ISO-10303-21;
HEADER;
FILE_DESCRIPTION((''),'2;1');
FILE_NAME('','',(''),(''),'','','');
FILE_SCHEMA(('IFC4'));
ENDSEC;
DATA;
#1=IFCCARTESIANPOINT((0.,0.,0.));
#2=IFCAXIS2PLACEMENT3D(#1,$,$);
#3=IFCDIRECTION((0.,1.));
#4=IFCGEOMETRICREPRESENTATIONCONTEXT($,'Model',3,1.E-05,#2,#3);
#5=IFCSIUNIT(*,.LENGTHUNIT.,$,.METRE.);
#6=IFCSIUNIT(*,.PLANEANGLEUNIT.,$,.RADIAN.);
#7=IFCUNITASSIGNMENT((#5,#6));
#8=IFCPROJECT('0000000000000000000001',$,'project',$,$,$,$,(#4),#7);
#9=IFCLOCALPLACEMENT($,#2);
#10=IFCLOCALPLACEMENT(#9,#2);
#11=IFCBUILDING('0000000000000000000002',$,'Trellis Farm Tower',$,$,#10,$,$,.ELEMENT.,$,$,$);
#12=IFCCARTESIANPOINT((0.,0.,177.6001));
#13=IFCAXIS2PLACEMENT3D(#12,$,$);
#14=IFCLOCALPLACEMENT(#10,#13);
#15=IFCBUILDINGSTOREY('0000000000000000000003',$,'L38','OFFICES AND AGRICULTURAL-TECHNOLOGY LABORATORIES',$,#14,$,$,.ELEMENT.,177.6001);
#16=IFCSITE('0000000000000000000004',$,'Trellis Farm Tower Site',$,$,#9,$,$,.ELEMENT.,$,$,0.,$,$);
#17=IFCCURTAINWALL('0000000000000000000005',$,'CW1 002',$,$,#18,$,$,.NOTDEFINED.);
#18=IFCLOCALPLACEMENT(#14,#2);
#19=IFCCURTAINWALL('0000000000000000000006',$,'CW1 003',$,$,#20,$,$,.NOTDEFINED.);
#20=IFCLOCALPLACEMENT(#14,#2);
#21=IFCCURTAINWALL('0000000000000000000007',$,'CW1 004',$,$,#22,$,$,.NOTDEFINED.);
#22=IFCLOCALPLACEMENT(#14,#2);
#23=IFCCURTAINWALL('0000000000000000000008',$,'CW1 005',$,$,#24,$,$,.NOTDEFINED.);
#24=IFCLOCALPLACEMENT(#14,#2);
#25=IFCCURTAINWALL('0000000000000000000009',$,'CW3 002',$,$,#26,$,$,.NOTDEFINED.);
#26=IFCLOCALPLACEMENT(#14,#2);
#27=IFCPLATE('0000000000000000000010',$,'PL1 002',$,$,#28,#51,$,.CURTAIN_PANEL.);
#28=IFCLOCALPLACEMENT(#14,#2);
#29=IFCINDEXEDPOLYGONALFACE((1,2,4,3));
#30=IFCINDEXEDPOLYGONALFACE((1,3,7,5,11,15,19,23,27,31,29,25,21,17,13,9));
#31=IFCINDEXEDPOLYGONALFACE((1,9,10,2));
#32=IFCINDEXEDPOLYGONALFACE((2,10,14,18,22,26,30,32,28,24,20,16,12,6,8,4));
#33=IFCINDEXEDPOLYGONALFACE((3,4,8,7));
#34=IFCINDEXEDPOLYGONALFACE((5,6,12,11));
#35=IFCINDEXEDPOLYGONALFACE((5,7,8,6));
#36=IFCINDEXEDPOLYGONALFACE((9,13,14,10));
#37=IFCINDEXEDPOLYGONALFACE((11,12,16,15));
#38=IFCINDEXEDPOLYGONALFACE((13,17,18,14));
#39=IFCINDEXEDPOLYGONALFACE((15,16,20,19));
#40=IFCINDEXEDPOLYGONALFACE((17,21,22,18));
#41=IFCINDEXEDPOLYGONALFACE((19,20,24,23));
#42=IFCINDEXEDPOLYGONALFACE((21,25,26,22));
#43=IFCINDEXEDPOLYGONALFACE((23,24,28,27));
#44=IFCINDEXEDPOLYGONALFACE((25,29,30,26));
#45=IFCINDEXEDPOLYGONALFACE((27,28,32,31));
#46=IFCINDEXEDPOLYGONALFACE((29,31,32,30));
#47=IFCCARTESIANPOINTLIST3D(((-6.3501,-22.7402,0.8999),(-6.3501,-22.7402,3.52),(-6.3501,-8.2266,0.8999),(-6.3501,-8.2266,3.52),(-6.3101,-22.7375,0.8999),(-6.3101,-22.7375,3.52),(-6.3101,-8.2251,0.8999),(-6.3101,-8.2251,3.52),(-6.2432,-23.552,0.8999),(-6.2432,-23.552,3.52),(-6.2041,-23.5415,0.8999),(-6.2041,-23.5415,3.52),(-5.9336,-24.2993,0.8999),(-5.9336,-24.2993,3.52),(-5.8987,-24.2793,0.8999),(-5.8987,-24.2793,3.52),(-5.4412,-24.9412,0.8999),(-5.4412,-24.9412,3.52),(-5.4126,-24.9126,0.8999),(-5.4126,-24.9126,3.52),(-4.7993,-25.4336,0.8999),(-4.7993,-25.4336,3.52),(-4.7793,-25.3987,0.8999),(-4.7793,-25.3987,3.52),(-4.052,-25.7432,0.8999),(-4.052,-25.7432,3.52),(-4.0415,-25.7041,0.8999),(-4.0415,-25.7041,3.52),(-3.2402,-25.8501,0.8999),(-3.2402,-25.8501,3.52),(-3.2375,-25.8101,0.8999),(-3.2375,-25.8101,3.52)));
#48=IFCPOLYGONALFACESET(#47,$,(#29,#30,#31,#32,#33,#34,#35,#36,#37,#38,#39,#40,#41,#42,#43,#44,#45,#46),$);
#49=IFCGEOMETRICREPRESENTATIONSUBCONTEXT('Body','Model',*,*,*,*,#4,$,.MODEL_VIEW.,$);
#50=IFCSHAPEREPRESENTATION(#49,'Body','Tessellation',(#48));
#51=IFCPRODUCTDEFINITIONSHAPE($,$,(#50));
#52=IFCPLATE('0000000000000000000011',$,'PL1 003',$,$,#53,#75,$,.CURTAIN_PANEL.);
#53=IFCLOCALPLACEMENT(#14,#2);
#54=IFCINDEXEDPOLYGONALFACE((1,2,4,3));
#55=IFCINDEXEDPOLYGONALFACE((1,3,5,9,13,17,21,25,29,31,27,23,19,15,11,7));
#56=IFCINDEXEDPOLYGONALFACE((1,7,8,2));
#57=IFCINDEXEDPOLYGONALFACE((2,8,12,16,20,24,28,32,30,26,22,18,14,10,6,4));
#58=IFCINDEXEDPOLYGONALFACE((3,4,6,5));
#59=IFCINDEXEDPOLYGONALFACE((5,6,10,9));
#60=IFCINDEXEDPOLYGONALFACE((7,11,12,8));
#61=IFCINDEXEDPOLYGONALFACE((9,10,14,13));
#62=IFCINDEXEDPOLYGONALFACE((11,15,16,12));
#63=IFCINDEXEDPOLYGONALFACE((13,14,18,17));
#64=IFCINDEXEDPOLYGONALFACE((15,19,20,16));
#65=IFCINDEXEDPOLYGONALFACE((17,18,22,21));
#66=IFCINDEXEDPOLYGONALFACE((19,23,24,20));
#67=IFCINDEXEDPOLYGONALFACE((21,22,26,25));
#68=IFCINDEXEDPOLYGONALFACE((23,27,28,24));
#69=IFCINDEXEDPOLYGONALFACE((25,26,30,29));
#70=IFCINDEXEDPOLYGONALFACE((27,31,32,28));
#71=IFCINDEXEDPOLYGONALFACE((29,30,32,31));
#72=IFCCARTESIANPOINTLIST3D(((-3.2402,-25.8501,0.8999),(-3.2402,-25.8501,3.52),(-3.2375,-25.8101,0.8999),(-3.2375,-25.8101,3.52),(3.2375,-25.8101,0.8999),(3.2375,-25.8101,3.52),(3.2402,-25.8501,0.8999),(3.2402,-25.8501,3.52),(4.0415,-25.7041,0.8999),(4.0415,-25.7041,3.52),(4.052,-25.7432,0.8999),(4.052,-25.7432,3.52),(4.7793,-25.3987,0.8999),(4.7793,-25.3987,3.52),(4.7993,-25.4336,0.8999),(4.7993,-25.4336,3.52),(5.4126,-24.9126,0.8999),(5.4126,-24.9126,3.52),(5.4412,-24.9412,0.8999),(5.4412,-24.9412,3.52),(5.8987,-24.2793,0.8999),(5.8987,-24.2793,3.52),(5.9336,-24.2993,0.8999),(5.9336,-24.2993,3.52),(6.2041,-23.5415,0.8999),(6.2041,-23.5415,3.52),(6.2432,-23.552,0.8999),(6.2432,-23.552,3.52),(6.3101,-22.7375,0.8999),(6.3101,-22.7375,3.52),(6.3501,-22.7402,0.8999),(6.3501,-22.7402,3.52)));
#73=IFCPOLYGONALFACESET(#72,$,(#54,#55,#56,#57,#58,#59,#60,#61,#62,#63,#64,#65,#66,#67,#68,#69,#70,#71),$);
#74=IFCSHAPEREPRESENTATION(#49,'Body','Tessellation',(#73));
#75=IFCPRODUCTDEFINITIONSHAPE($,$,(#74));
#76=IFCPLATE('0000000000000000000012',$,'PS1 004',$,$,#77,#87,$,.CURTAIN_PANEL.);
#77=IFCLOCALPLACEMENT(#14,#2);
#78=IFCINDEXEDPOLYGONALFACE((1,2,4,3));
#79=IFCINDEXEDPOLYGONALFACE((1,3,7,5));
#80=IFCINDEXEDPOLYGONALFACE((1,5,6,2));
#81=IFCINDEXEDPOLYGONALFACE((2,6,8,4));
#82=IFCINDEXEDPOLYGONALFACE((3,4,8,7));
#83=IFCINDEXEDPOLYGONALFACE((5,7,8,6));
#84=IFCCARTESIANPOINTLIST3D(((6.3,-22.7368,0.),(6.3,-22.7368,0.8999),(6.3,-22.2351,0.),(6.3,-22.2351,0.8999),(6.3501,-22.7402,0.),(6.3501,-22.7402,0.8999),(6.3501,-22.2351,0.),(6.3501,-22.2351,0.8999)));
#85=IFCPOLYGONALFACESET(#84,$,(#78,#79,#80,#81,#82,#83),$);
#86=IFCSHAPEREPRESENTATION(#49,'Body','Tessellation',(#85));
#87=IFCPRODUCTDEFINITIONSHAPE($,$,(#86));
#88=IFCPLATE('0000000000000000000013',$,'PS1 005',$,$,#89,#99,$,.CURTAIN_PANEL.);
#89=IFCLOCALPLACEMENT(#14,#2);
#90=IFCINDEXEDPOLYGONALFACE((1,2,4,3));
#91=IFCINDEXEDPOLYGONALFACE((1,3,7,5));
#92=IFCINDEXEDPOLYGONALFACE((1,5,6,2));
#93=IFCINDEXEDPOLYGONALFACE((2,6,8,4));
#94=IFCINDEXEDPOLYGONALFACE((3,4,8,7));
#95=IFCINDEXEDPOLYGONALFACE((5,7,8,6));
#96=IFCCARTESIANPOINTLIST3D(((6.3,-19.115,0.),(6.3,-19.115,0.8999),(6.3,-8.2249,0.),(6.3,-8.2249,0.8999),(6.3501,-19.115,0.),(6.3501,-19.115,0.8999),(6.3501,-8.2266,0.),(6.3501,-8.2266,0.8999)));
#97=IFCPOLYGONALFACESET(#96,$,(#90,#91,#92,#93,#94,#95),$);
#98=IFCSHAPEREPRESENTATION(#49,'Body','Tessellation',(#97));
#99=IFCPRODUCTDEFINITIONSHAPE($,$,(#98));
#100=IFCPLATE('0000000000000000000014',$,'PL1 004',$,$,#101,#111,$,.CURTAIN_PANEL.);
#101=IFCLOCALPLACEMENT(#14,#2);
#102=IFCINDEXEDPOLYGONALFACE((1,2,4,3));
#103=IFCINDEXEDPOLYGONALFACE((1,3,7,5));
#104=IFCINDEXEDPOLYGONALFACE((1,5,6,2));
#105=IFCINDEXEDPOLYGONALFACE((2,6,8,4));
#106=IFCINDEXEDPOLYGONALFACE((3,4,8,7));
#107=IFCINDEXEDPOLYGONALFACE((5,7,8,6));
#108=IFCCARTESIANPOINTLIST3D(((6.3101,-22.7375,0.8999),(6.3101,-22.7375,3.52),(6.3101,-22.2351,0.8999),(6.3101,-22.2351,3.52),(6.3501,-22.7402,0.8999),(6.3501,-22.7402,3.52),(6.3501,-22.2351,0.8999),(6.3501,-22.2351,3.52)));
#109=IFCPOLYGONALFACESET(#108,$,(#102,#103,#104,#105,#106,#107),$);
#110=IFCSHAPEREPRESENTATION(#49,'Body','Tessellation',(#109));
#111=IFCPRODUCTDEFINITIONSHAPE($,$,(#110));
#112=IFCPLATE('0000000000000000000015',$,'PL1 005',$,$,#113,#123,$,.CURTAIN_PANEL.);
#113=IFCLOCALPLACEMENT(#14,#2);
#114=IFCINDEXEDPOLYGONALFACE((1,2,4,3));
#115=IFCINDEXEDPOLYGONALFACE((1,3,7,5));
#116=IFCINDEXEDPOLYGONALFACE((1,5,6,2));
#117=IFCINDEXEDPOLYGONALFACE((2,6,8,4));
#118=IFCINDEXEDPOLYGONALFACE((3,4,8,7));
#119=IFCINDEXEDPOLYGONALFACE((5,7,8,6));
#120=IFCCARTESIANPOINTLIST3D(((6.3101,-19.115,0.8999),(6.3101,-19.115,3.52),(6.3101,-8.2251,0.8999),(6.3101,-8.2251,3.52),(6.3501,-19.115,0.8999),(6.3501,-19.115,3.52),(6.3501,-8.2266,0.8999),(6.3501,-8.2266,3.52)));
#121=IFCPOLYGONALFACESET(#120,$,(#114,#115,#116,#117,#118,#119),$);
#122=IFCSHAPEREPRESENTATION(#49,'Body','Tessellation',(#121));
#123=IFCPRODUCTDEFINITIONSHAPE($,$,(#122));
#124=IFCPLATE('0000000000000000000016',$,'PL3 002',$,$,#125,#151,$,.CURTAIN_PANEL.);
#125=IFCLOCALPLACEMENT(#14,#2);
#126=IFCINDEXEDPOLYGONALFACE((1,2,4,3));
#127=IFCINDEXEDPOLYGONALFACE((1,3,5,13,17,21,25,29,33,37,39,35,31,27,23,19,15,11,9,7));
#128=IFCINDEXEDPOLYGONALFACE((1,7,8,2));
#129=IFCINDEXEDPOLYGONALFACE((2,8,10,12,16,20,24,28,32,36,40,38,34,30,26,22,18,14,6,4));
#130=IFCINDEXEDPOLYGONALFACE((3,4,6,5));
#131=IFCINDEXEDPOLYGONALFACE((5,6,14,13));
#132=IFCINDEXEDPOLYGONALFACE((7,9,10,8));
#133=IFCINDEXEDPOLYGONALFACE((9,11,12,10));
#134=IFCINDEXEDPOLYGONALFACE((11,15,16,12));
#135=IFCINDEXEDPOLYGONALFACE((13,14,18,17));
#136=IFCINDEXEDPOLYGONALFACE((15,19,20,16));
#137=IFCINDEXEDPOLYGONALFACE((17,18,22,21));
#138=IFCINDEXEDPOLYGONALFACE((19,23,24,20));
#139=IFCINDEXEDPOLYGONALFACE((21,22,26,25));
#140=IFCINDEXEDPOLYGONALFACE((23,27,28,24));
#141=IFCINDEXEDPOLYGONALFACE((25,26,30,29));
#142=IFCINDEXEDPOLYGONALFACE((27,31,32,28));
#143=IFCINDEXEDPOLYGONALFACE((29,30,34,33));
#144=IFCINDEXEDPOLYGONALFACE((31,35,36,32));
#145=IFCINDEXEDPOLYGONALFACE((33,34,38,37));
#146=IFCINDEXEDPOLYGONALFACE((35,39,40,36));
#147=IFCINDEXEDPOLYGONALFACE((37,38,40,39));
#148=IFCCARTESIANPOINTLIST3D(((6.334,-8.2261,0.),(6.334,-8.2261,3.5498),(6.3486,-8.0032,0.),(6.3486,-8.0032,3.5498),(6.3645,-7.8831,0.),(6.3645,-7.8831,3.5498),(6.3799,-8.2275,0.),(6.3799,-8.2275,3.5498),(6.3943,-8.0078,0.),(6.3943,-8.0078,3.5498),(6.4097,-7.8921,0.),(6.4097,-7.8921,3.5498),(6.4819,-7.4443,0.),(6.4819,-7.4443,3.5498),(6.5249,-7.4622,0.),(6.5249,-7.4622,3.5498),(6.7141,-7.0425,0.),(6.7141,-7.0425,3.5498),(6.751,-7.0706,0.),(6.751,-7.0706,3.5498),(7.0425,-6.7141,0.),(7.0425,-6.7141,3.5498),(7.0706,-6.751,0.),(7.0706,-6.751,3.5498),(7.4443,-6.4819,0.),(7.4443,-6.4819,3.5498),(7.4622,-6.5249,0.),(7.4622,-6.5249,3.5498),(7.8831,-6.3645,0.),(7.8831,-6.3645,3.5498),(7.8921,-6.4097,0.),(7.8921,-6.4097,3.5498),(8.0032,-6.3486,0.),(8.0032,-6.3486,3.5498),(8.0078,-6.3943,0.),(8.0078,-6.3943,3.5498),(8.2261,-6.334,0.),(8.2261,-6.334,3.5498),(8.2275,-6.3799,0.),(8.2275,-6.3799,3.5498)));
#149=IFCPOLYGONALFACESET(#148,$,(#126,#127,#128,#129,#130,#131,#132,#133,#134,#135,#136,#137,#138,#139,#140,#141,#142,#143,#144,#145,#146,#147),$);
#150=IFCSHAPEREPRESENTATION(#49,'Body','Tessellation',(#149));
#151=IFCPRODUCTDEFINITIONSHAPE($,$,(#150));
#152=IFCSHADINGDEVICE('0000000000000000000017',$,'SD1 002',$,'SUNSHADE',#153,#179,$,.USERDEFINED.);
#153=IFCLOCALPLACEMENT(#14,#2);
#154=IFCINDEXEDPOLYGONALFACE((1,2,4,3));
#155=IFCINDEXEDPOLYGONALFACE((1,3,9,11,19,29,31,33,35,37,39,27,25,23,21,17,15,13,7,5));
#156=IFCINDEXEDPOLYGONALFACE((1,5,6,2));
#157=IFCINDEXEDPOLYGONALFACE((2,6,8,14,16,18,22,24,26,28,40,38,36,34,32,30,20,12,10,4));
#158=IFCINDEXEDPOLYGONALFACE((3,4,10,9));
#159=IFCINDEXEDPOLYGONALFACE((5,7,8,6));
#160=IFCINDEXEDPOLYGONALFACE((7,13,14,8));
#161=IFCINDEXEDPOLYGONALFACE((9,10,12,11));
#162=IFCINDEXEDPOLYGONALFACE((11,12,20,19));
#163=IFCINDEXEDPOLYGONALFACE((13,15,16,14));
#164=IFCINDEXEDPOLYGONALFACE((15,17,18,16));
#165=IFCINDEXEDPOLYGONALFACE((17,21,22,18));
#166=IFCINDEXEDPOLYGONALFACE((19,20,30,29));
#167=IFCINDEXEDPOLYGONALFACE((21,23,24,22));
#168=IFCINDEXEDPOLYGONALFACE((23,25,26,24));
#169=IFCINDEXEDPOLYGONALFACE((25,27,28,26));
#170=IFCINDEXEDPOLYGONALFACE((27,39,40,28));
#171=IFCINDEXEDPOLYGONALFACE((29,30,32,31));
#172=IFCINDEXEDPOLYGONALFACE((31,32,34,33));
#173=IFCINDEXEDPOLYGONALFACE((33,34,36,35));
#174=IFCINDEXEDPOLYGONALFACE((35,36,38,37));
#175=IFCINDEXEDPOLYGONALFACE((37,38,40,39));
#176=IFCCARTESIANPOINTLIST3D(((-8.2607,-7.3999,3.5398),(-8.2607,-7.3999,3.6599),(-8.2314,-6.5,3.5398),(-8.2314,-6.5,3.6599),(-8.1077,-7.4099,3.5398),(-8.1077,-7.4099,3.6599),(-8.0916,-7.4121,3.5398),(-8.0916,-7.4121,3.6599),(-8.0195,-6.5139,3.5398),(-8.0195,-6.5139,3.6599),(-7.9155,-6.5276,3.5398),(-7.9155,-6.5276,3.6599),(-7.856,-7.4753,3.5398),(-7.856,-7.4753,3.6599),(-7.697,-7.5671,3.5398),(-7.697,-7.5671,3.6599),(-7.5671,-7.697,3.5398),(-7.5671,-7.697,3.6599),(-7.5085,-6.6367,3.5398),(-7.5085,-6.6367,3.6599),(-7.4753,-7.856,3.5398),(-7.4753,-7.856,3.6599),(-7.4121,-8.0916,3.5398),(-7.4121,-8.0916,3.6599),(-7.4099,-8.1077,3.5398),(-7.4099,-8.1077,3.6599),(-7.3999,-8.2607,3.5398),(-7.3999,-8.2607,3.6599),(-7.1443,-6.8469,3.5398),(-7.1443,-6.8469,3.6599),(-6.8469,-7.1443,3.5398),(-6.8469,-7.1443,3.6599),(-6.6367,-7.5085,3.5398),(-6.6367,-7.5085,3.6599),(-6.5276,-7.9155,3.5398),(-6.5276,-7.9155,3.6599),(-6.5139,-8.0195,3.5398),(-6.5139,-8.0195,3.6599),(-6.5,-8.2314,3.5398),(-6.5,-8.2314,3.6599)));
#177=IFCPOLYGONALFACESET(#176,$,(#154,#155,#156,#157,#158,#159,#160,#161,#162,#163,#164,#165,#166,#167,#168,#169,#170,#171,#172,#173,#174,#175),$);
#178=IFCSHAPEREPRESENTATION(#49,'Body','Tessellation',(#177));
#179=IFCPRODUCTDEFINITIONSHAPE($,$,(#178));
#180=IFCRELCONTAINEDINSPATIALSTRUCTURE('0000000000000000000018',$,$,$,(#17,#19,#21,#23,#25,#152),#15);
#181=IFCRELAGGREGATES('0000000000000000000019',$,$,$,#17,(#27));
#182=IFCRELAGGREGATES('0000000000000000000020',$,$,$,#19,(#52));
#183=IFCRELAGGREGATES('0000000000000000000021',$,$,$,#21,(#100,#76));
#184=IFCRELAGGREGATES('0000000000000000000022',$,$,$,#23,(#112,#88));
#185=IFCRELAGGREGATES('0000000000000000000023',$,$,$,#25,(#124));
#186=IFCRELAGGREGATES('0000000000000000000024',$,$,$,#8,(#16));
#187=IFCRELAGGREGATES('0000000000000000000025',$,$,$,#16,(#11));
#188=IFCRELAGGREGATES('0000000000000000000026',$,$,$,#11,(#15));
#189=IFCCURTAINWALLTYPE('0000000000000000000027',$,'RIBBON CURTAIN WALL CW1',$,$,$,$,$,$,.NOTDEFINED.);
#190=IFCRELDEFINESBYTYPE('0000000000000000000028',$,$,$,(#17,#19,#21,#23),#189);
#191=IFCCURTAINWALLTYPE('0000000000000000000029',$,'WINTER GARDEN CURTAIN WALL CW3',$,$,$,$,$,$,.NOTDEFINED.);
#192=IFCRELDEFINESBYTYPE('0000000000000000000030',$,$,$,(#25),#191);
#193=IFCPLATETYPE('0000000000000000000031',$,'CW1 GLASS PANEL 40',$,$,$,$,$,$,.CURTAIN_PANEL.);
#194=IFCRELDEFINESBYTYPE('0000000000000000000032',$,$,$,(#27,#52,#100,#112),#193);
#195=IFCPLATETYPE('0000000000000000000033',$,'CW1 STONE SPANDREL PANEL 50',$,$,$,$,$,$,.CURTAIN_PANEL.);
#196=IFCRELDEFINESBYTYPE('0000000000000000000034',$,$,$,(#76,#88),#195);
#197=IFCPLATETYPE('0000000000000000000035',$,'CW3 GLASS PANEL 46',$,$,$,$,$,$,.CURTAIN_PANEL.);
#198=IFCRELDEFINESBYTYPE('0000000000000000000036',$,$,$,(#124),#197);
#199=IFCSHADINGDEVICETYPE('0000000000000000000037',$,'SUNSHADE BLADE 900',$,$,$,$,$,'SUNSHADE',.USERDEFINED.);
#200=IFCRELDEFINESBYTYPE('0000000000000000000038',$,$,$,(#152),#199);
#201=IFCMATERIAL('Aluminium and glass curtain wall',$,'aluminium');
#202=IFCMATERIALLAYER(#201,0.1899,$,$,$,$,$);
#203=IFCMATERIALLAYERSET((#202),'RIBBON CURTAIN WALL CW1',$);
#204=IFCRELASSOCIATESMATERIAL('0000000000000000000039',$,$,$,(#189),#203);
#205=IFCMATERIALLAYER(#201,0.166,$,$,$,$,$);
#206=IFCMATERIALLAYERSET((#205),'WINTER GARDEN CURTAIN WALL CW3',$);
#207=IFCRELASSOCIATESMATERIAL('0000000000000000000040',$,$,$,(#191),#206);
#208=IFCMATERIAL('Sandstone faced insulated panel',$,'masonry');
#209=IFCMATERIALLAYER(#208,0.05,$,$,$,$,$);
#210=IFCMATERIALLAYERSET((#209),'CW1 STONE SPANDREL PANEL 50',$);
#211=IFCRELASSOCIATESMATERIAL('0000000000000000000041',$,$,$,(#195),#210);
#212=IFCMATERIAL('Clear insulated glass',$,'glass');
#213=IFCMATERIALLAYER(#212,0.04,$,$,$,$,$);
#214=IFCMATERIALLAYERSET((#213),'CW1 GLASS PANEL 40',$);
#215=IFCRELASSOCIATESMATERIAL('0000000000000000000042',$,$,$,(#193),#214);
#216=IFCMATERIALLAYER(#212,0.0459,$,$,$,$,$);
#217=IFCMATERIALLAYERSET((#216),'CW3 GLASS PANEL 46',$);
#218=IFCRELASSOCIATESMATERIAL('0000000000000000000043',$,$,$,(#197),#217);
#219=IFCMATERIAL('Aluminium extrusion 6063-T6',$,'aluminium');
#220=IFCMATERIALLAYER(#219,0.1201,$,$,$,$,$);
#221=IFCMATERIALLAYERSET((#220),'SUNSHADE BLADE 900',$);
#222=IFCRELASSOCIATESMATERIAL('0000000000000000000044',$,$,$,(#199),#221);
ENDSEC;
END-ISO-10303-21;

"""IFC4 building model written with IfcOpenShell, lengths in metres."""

from ifc_helpers import new_model, si_unit, direction, frame, origin, place, context, subcontext, project, spatial, polyline, outline, extrude, source, transform, mapped, material, layer, layer_set, type_object, element, aggregate, save


model = new_model("IFC4")

# Units and contexts
model_context = context("Model", 3, precision=1e-05, world=origin(), true_north=direction((0.0, 1.0)))
body_context = subcontext(model_context, "Body", "Model", "MODEL_VIEW")
ifc_project = project(units=[si_unit("LENGTHUNIT", "METRE"), si_unit("PLANEANGLEUNIT", "RADIAN")], contexts=[model_context])

# Site, building, storey
site_placement = place(None, origin())
site = spatial("IfcSite", under=ifc_project, at=site_placement, Name="Trellis Farm Tower Site", CompositionType="ELEMENT", RefElevation=0.0)
building_placement = place(site_placement, origin())
building = spatial("IfcBuilding", under=site, at=building_placement, Name="Trellis Farm Tower", CompositionType="ELEMENT")
storey_placement = place(building_placement, frame((0.0, 0.0, 177.6001)))
storey = spatial("IfcBuildingStorey", under=building, at=storey_placement, Name="L38", Description="OFFICES AND AGRICULTURAL-TECHNOLOGY LABORATORIES", CompositionType="ELEMENT", Elevation=177.6001)

# Curtain walls
ifc_material_1 = material(Name="Aluminium and glass curtain wall", Category="aluminium")
ifc_layer_1 = layer(ifc_material_1, 0.1899)
ifc_layer_set_1 = layer_set([ifc_layer_1], Name="RIBBON CURTAIN WALL CW1")
curtain_wall_type_1 = type_object("IfcCurtainWallType", Name="RIBBON CURTAIN WALL CW1", PredefinedType="NOTDEFINED", material=ifc_layer_set_1)
placement_1 = place(storey_placement, origin())
curtain_wall_1 = element("IfcCurtainWall", 1, at=placement_1, inside=storey, type_object=curtain_wall_type_1, Name="CW1 002", PredefinedType="NOTDEFINED")
ifc_material_2 = material(Name="Aluminium extrusion 6063-T6", Category="aluminium")
curtain_wall_2 = element("IfcCurtainWall", 2, at=placement_1, inside=storey, type_object=curtain_wall_type_1, Name="CW1 003", PredefinedType="NOTDEFINED")
curtain_wall_3 = element("IfcCurtainWall", 3, at=placement_1, inside=storey, type_object=curtain_wall_type_1, Name="CW1 004", PredefinedType="NOTDEFINED")
curtain_wall_4 = element("IfcCurtainWall", 4, at=placement_1, inside=storey, type_object=curtain_wall_type_1, Name="CW1 005", PredefinedType="NOTDEFINED")
ifc_layer_2 = layer(ifc_material_1, 0.166)
ifc_layer_set_2 = layer_set([ifc_layer_2], Name="WINTER GARDEN CURTAIN WALL CW3")
curtain_wall_type_2 = type_object("IfcCurtainWallType", Name="WINTER GARDEN CURTAIN WALL CW3", PredefinedType="NOTDEFINED", material=ifc_layer_set_2)
curtain_wall_5 = element("IfcCurtainWall", 5, at=placement_1, inside=storey, type_object=curtain_wall_type_2, Name="CW3 002", PredefinedType="NOTDEFINED")

# Plates
ifc_material_3 = material(Name="Sandstone faced insulated panel", Category="masonry")
ifc_layer_3 = layer(ifc_material_3, 0.05)
ifc_layer_set_3 = layer_set([ifc_layer_3], Name="CW1 STONE SPANDREL PANEL 50")
plate_type_1 = type_object("IfcPlateType", Name="CW1 STONE SPANDREL PANEL 50", PredefinedType="CURTAIN_PANEL", material=ifc_layer_set_3)
ifc_material_4 = material(Name="Clear insulated glass", Category="glass")
ifc_layer_4 = layer(ifc_material_4, 0.04)
ifc_layer_set_4 = layer_set([ifc_layer_4], Name="CW1 GLASS PANEL 40")
plate_type_2 = type_object("IfcPlateType", Name="CW1 GLASS PANEL 40", PredefinedType="CURTAIN_PANEL", material=ifc_layer_set_4)
shared_shape_1 = source(origin(), body_context, "Body", "SweptSolid", [
    extrude(outline(polyline([(-6.3501, -8.2266), (-6.3501, -22.7402), (-6.2432, -23.552), (-5.9336, -24.2993), (-5.4412, -24.9412), (-4.7993, -25.4336), (-4.052, -25.7432), (-3.2402, -25.8501), (-3.2375, -25.8101), (-4.0415, -25.7041), (-4.7793, -25.3987), (-5.4126, -24.9126), (-5.8987, -24.2793), (-6.2041, -23.5415), (-6.3101, -22.7375), (-6.3101, -8.2251), (-6.3501, -8.2266)])), origin(), (0.0, 0.0, 1.0), 2.6201),
])
placement_2 = place(storey_placement, frame((0.0, 0.0, 0.8999)))
plate_1 = element("IfcPlate", 6, at=placement_2, type_object=plate_type_2, Name="PL1 002", PredefinedType="CURTAIN_PANEL", context=body_context, shape_type="MappedRepresentation", body=[
    mapped(shared_shape_1, transform((0.0, 0.0, 0.0))),
])
aggregate(curtain_wall_1, [plate_1])
shared_shape_2 = source(origin(), body_context, "Body", "SweptSolid", [
    extrude(outline(polyline([(-3.2402, -25.8501), (3.2402, -25.8501), (4.052, -25.7432), (4.7993, -25.4336), (5.4412, -24.9412), (5.9336, -24.2993), (6.2432, -23.552), (6.3501, -22.7402), (6.3101, -22.7375), (6.2041, -23.5415), (5.8987, -24.2793), (5.4126, -24.9126), (4.7793, -25.3987), (4.0415, -25.7041), (3.2375, -25.8101), (-3.2375, -25.8101), (-3.2402, -25.8501)])), origin(), (0.0, 0.0, 1.0), 2.6201),
])
plate_2 = element("IfcPlate", 7, at=placement_2, type_object=plate_type_2, Name="PL1 003", PredefinedType="CURTAIN_PANEL", context=body_context, shape_type="MappedRepresentation", body=[
    mapped(shared_shape_2, transform((0.0, 0.0, 0.0))),
])
aggregate(curtain_wall_2, [plate_2])
shared_shape_3 = source(origin(), body_context, "Body", "SweptSolid", [
    extrude(outline(polyline([(6.3501, -22.7402), (6.3501, -22.2351), (6.3, -22.2351), (6.3, -22.7368), (6.3501, -22.7402)])), origin(), (0.0, 0.0, 1.0), 0.8999),
])
plate_3 = element("IfcPlate", 8, at=placement_1, type_object=plate_type_1, Name="PS1 004", PredefinedType="CURTAIN_PANEL", context=body_context, shape_type="MappedRepresentation", body=[
    mapped(shared_shape_3, transform((0.0, 0.0, 0.0))),
])
shared_shape_4 = source(origin(), body_context, "Body", "SweptSolid", [
    extrude(outline(polyline([(6.3501, -19.115), (6.3501, -8.2266), (6.3, -8.2249), (6.3, -19.115), (6.3501, -19.115)])), origin(), (0.0, 0.0, 1.0), 0.8999),
])
plate_4 = element("IfcPlate", 9, at=placement_1, type_object=plate_type_1, Name="PS1 005", PredefinedType="CURTAIN_PANEL", context=body_context, shape_type="MappedRepresentation", body=[
    mapped(shared_shape_4, transform((0.0, 0.0, 0.0))),
])
shared_shape_5 = source(origin(), body_context, "Body", "SweptSolid", [
    extrude(outline(polyline([(6.3501, -22.7402), (6.3501, -22.2351), (6.3101, -22.2351), (6.3101, -22.7375), (6.3501, -22.7402)])), origin(), (0.0, 0.0, 1.0), 2.6201),
])
plate_5 = element("IfcPlate", 10, at=placement_2, type_object=plate_type_2, Name="PL1 004", PredefinedType="CURTAIN_PANEL", context=body_context, shape_type="MappedRepresentation", body=[
    mapped(shared_shape_5, transform((0.0, 0.0, 0.0))),
])
aggregate(curtain_wall_3, [plate_5, plate_3])
shared_shape_6 = source(origin(), body_context, "Body", "SweptSolid", [
    extrude(outline(polyline([(6.3501, -19.115), (6.3501, -8.2266), (6.3101, -8.2251), (6.3101, -19.115), (6.3501, -19.115)])), origin(), (0.0, 0.0, 1.0), 2.6201),
])
plate_6 = element("IfcPlate", 11, at=placement_2, type_object=plate_type_2, Name="PL1 005", PredefinedType="CURTAIN_PANEL", context=body_context, shape_type="MappedRepresentation", body=[
    mapped(shared_shape_6, transform((0.0, 0.0, 0.0))),
])
aggregate(curtain_wall_4, [plate_6, plate_4])
ifc_layer_5 = layer(ifc_material_4, 0.0459)
ifc_layer_set_5 = layer_set([ifc_layer_5], Name="CW3 GLASS PANEL 46")
plate_type_3 = type_object("IfcPlateType", Name="CW3 GLASS PANEL 46", PredefinedType="CURTAIN_PANEL", material=ifc_layer_set_5)
shared_shape_7 = source(origin(), body_context, "Body", "SweptSolid", [
    extrude(outline(polyline([(6.3799, -8.2275), (6.3943, -8.0078), (6.4097, -7.8921), (6.5249, -7.4622), (6.751, -7.0706), (7.0706, -6.751), (7.4622, -6.5249), (7.8921, -6.4097), (8.0078, -6.3943), (8.2275, -6.3799), (8.2261, -6.334), (8.0032, -6.3486), (7.8831, -6.3645), (7.4443, -6.4819), (7.0425, -6.7141), (6.7141, -7.0425), (6.4819, -7.4443), (6.3645, -7.8831), (6.3486, -8.0032), (6.334, -8.2261), (6.3799, -8.2275)])), origin(), (0.0, 0.0, 1.0), 3.5498),
])
plate_7 = element("IfcPlate", 12, at=placement_1, type_object=plate_type_3, Name="PL3 002", PredefinedType="CURTAIN_PANEL", context=body_context, shape_type="MappedRepresentation", body=[
    mapped(shared_shape_7, transform((0.0, 0.0, 0.0))),
])
aggregate(curtain_wall_5, [plate_7])

# Shading device
ifc_layer_6 = layer(ifc_material_2, 0.1201)
ifc_layer_set_6 = layer_set([ifc_layer_6], Name="SUNSHADE BLADE 900")
shading_device_type_1 = type_object("IfcShadingDeviceType", Name="SUNSHADE BLADE 900", ElementType="SUNSHADE", PredefinedType="USERDEFINED", material=ifc_layer_set_6)
shared_shape_8 = source(origin(), body_context, "Body", "SweptSolid", [
    extrude(outline(polyline([(-8.2607, -7.3999), (-8.1077, -7.4099), (-8.0916, -7.4121), (-7.856, -7.4753), (-7.697, -7.5671), (-7.5671, -7.697), (-7.4753, -7.856), (-7.4121, -8.0916), (-7.4099, -8.1077), (-7.3999, -8.2607), (-6.5, -8.2314), (-6.5139, -8.0195), (-6.5276, -7.9155), (-6.6367, -7.5085), (-6.8469, -7.1443), (-7.1443, -6.8469), (-7.5085, -6.6367), (-7.9155, -6.5276), (-8.0195, -6.5139), (-8.2314, -6.5), (-8.2607, -7.3999)])), origin(), (0.0, 0.0, 1.0), 0.1201),
])
placement_3 = place(storey_placement, frame((0.0, 0.0, 3.5398)))
element("IfcShadingDevice", 13, at=placement_3, inside=storey, type_object=shading_device_type_1, Name="SD1 002", ObjectType="SUNSHADE", PredefinedType="USERDEFINED", context=body_context, shape_type="MappedRepresentation", body=[
    mapped(shared_shape_8, transform((0.0, 0.0, 0.0))),
])

save(model, "model.ifc")
